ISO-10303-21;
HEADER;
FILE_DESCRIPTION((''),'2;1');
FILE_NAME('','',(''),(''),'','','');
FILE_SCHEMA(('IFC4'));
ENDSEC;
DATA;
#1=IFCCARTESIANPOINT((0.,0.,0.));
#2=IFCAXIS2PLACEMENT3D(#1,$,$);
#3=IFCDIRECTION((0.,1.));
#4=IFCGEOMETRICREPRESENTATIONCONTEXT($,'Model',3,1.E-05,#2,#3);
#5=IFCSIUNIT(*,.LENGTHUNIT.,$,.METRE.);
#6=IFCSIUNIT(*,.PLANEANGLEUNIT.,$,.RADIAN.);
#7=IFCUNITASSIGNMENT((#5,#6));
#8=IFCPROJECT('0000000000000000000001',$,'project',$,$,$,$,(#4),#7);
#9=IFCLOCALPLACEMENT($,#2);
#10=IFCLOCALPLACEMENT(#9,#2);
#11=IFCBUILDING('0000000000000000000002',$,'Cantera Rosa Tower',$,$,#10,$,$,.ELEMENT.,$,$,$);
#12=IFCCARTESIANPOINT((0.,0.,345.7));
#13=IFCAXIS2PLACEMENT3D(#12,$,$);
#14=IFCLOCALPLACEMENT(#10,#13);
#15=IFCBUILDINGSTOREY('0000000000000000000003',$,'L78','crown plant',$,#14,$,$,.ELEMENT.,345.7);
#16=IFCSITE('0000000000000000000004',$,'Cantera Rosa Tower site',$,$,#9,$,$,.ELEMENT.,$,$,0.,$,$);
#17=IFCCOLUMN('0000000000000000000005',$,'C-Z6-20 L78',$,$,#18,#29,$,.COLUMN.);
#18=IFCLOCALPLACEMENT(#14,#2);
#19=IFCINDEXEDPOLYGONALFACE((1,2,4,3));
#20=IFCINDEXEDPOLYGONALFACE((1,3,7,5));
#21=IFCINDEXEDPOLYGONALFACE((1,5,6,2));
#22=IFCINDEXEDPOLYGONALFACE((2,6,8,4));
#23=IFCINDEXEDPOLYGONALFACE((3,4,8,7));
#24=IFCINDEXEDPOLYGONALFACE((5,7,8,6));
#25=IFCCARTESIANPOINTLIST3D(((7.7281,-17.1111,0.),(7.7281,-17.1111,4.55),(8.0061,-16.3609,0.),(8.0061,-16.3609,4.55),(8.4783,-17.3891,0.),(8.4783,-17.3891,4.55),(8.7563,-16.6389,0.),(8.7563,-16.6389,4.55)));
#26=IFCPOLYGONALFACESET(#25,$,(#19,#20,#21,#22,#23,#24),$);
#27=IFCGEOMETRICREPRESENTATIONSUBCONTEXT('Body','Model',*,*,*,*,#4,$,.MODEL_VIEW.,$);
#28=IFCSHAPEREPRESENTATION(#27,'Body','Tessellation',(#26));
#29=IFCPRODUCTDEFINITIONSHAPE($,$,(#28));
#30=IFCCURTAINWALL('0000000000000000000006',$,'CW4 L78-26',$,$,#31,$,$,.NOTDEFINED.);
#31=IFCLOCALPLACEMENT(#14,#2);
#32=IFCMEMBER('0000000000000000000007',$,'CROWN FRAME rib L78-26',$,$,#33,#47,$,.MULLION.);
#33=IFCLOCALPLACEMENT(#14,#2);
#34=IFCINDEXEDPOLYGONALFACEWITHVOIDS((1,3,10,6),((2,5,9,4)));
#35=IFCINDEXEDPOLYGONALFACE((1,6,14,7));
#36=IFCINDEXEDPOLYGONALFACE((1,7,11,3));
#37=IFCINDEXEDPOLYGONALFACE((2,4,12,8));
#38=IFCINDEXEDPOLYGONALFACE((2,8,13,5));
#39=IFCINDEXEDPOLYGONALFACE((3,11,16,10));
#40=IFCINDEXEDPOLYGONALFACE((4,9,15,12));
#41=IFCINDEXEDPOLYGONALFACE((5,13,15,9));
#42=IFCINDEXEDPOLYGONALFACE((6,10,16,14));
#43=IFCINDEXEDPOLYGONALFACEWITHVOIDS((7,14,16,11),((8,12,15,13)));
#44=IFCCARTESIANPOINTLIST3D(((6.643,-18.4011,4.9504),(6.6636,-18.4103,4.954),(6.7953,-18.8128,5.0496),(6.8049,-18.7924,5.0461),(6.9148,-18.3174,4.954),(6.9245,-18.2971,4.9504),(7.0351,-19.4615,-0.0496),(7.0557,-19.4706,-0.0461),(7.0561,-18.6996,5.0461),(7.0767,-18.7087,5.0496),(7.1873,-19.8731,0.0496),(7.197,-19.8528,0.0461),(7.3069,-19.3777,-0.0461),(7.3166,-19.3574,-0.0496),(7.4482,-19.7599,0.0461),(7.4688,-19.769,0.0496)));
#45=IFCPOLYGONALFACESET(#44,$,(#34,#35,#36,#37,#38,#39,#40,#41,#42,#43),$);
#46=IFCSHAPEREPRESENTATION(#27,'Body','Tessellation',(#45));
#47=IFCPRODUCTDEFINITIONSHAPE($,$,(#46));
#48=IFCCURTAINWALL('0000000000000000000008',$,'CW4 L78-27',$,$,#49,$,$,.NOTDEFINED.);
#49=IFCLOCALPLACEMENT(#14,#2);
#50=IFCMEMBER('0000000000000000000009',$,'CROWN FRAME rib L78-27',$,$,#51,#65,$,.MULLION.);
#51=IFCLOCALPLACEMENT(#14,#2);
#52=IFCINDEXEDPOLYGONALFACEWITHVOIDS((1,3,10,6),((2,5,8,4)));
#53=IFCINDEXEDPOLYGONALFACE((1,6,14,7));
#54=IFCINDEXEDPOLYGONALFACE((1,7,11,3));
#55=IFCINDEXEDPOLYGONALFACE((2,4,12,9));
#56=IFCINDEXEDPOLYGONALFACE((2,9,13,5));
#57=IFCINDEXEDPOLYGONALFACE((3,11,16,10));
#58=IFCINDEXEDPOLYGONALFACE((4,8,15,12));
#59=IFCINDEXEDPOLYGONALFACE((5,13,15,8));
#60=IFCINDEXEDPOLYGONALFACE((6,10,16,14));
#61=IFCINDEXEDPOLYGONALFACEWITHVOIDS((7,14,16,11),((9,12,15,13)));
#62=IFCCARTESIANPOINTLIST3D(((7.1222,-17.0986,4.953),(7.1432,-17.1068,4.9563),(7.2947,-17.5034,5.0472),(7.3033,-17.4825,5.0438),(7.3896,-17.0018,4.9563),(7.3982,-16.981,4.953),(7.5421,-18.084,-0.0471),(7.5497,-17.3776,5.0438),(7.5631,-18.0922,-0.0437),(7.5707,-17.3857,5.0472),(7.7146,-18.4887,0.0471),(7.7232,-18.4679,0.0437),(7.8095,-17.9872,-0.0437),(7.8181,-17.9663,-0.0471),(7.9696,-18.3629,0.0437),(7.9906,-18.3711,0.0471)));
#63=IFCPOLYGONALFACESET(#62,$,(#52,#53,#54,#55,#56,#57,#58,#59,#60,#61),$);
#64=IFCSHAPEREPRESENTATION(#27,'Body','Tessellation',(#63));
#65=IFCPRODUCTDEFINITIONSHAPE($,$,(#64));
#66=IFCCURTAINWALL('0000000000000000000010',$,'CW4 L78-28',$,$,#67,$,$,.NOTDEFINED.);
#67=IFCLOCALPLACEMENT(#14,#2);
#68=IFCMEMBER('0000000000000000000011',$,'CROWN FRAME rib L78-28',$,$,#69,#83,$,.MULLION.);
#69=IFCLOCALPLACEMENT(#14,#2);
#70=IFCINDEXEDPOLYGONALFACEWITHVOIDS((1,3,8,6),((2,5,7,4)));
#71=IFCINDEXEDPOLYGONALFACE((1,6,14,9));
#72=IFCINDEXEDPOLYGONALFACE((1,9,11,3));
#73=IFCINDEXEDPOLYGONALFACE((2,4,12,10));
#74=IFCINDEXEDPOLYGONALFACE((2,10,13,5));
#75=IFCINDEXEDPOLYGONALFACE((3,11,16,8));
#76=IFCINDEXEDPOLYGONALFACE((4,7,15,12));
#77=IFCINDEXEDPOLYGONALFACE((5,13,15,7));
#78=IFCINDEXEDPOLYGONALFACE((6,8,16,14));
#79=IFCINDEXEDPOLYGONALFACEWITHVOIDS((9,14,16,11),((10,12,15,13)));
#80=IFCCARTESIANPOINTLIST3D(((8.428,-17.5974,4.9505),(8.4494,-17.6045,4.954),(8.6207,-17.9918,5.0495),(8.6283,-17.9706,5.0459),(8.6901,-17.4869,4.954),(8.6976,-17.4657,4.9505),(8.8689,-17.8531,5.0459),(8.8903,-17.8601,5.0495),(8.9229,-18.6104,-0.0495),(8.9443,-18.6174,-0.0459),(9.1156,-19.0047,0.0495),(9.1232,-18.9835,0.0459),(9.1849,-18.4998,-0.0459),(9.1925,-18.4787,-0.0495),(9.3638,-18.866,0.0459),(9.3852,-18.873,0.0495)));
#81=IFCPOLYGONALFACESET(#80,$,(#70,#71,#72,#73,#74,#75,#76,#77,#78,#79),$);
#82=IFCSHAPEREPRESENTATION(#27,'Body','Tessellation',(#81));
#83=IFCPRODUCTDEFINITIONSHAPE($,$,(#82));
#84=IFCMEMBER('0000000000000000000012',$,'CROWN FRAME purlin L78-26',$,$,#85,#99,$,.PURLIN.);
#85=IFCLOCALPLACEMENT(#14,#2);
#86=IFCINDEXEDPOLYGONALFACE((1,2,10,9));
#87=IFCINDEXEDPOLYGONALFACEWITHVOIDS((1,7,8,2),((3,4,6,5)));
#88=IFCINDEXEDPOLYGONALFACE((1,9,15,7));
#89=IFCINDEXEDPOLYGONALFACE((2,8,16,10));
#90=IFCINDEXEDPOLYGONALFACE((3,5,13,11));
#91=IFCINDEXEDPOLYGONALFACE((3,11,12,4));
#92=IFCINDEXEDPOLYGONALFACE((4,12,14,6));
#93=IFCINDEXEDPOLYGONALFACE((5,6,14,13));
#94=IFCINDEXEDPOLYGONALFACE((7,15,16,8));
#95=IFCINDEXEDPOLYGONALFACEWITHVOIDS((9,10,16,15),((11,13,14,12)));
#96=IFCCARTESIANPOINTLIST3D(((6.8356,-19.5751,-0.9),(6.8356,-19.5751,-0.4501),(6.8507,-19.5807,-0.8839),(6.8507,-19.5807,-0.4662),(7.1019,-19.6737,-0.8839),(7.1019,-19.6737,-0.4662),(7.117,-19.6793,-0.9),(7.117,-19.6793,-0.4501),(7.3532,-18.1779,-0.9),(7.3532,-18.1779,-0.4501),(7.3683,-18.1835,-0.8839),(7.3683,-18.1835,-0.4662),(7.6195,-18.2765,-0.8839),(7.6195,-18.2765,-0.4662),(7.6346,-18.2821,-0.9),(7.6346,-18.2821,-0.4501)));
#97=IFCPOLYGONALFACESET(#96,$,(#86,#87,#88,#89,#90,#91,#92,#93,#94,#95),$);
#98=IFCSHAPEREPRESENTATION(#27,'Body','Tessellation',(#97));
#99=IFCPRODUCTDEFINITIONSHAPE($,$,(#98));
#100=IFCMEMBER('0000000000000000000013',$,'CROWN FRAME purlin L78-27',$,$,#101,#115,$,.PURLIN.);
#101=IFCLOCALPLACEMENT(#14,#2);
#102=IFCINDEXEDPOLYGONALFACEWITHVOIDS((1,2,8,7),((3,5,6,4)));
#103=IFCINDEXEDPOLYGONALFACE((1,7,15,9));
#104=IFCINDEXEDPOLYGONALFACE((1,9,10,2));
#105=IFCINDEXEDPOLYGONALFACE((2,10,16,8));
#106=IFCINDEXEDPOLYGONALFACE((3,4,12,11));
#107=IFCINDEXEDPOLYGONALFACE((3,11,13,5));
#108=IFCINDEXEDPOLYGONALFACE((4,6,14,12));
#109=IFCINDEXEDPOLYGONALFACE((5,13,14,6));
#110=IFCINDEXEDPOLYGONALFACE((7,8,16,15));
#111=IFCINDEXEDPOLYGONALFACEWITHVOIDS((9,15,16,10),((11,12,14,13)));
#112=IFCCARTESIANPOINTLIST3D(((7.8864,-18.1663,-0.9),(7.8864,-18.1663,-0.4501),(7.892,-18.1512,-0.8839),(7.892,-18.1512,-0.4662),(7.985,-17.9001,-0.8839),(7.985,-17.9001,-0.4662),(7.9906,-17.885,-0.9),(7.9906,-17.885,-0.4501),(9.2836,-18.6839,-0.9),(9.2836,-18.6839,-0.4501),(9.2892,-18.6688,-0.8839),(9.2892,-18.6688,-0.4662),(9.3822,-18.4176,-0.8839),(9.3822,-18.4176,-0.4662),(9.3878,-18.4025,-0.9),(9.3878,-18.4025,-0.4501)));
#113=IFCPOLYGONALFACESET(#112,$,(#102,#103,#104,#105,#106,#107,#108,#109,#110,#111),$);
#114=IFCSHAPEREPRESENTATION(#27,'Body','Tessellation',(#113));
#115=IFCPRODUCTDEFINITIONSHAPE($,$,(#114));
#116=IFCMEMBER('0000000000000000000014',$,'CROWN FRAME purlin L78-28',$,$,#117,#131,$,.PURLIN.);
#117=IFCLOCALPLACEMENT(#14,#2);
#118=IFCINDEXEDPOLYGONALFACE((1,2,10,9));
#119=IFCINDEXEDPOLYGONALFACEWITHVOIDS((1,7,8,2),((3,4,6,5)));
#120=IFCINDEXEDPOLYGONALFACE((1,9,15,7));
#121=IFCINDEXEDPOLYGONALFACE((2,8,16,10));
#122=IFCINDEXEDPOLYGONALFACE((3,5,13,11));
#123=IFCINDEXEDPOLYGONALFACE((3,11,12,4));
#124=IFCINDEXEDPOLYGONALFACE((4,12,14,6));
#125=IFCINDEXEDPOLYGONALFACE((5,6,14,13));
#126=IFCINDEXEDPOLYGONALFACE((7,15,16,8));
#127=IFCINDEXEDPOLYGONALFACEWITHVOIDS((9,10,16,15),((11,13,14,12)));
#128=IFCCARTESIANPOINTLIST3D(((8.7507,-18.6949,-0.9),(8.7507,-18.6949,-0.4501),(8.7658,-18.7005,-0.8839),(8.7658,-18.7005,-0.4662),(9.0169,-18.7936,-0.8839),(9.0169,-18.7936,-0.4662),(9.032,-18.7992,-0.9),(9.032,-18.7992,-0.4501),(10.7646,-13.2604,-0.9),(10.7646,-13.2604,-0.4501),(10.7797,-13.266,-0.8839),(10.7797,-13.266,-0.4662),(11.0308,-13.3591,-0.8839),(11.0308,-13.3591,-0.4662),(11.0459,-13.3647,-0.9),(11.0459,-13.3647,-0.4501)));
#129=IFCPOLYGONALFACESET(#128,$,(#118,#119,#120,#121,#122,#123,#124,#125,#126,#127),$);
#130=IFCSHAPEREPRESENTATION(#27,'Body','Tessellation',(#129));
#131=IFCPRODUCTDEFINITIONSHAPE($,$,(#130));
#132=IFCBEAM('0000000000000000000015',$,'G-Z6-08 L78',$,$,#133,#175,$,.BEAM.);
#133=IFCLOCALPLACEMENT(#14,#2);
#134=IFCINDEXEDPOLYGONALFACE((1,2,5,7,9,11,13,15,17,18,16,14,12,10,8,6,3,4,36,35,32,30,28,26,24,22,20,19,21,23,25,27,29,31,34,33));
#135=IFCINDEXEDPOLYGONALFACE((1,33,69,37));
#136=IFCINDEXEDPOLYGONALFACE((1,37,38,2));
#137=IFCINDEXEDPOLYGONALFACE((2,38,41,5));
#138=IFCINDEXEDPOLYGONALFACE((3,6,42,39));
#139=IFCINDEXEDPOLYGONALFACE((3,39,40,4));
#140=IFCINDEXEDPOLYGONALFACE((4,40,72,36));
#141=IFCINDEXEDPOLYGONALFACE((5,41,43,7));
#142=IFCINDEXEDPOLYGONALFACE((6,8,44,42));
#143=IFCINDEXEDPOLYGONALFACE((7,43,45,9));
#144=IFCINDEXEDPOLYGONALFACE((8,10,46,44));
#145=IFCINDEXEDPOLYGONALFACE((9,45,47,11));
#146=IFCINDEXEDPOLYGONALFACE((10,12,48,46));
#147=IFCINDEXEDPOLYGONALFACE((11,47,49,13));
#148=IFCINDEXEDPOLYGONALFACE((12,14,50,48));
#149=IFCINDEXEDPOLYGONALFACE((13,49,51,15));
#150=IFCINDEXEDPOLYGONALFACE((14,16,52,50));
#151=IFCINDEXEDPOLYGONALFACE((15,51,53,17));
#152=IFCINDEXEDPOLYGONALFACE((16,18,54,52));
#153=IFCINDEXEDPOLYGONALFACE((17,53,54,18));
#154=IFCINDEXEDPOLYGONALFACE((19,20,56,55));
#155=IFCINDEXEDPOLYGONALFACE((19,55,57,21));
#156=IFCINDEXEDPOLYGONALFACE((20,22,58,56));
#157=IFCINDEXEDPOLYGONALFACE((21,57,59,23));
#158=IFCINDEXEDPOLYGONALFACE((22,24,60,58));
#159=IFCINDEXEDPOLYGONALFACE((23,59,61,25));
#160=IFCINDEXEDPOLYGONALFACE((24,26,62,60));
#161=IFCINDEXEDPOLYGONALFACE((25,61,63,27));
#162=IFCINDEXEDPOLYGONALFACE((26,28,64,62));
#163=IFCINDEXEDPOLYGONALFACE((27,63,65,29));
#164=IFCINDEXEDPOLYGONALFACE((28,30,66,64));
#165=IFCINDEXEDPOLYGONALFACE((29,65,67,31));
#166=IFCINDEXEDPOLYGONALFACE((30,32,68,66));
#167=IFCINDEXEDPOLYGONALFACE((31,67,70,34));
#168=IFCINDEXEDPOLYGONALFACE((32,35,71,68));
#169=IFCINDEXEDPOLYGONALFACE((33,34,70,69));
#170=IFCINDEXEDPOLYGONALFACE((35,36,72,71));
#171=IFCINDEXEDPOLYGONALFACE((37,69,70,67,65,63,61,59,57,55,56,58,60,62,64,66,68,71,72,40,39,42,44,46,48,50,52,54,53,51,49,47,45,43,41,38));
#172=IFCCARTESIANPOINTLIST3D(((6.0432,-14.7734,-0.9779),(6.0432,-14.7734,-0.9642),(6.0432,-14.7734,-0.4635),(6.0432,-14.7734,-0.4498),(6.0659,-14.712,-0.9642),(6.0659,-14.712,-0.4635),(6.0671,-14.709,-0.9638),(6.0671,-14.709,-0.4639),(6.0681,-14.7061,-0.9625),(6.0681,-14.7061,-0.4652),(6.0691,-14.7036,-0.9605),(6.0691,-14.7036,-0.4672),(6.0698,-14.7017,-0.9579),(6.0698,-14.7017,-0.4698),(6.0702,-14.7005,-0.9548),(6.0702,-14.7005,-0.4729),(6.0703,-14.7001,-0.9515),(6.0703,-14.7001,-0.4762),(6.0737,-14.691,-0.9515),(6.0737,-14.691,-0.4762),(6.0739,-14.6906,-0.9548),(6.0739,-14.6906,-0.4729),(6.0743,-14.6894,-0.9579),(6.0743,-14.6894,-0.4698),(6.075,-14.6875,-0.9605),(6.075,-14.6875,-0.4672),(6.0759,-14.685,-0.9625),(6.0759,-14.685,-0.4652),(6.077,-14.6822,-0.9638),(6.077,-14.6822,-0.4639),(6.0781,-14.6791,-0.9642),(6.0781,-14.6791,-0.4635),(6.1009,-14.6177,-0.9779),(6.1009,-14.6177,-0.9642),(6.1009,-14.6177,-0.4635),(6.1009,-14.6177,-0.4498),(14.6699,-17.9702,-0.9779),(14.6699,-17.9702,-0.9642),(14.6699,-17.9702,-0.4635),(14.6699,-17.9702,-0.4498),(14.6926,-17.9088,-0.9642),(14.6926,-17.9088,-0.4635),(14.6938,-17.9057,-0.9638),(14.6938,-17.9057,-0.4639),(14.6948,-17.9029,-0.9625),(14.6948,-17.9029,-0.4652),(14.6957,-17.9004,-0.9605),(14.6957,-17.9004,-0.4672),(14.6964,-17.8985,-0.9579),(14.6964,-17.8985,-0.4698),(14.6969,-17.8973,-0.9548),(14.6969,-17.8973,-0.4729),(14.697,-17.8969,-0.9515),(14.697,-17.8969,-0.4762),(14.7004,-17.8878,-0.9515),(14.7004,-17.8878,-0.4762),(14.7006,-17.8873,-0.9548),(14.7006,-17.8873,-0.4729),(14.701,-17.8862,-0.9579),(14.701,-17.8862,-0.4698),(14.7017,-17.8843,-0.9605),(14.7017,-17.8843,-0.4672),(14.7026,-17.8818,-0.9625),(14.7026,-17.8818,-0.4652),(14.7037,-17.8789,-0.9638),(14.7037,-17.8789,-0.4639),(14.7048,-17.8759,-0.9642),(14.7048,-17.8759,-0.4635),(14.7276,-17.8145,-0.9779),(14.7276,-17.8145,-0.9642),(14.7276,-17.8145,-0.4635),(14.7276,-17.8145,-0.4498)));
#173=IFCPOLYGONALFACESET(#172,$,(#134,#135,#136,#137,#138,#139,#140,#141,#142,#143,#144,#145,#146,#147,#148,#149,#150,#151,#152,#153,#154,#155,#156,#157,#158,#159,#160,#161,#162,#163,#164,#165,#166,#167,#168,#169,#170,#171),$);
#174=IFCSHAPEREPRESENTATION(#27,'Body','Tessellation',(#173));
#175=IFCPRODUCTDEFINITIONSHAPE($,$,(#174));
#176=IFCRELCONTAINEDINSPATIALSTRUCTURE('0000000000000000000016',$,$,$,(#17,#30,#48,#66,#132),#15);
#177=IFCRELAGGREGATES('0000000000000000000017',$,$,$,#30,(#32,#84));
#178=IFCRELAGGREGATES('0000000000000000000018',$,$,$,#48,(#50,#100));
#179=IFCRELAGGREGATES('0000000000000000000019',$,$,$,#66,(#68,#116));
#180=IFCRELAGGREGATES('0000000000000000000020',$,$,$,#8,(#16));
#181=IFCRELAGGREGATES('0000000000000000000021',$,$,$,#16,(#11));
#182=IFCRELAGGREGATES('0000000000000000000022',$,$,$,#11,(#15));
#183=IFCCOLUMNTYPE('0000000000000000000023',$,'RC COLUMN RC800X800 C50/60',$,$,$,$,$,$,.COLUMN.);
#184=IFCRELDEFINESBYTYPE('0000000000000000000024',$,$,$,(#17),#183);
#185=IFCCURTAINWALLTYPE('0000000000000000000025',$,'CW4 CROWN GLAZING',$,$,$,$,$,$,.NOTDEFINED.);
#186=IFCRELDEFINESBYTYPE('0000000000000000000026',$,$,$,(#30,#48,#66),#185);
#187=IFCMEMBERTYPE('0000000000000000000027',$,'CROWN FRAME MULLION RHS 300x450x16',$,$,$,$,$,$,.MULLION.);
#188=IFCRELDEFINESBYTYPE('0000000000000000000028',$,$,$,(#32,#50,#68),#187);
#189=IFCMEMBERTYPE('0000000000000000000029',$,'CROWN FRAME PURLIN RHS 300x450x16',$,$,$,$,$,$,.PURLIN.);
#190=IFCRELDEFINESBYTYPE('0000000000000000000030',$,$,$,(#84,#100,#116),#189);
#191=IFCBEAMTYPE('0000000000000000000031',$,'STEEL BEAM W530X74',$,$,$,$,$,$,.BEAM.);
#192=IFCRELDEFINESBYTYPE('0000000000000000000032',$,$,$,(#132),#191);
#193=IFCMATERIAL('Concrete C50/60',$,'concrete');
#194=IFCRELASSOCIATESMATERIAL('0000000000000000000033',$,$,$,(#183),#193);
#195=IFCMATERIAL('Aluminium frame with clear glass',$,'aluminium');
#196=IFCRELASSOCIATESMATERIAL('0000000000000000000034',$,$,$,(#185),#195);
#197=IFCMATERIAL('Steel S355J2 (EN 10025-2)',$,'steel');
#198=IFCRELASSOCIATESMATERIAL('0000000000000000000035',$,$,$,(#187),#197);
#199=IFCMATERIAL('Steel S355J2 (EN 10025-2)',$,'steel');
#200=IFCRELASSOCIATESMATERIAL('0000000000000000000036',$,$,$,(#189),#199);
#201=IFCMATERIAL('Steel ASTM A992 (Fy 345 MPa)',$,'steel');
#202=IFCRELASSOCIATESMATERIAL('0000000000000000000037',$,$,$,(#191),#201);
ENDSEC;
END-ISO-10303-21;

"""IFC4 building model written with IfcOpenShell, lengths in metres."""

from ifc_helpers import new_model, si_unit, direction, frame, origin, origin_2d, place, context, subcontext, project, spatial, rectangle, hollow_rectangle, i_section, extrude, material, material_profile, profile_set, type_object, element, aggregate, save


model = new_model("IFC4")

# Units and contexts
model_context = context("Model", 3, precision=1e-05, world=origin(), true_north=direction((0.0, 1.0)))
body_context = subcontext(model_context, "Body", "Model", "MODEL_VIEW")
ifc_project = project(units=[si_unit("LENGTHUNIT", "METRE"), si_unit("PLANEANGLEUNIT", "RADIAN")], contexts=[model_context])

# Site, building, storey
site_placement = place(None, origin())
site = spatial("IfcSite", under=ifc_project, at=site_placement, Name="Cantera Rosa Tower site", CompositionType="ELEMENT", RefElevation=0.0)
building_placement = place(site_placement, origin())
building = spatial("IfcBuilding", under=site, at=building_placement, Name="Cantera Rosa Tower", CompositionType="ELEMENT")
storey_placement = place(building_placement, frame((0.0, 0.0, 345.7)))
storey = spatial("IfcBuildingStorey", under=building, at=storey_placement, Name="L78", Description="crown plant", CompositionType="ELEMENT", Elevation=345.7)

# Column
ifc_material_1 = material(Name="Concrete C50/60", Category="concrete")
ifc_material_profile_1 = material_profile(ifc_material_1, rectangle(XDim=0.8, YDim=0.8, at=origin_2d()), Name="RC COLUMN RC800X800 C50/60")
ifc_profile_set_1 = profile_set([ifc_material_profile_1], Name="Concrete C50/60")
column_type = type_object("IfcColumnType", Name="RC COLUMN RC800X800 C50/60", PredefinedType="COLUMN", material=ifc_profile_set_1)
column_placement = place(storey_placement, frame((8.2422, -16.875, 0.0), z_axis=(0.0, 0.0, 1.0), x_axis=(0.347481, 0.937687, 0.0)))
element("IfcColumn", 1, at=column_placement, inside=storey, type_object=column_type, Name="C-Z6-20 L78", PredefinedType="COLUMN", context=body_context, shape_type="SweptSolid", body=[
    extrude(rectangle(XDim=0.8, YDim=0.8, at=origin_2d()), origin(), (0.0, 0.0, 1.0), 4.55),
])

# Curtain walls, members
ifc_material_2 = material(Name="Aluminium frame with clear glass", Category="aluminium")
curtain_wall_type = type_object("IfcCurtainWallType", Name="CW4 CROWN GLAZING", PredefinedType="NOTDEFINED", material=ifc_material_2)
curtain_wall_1_placement = place(storey_placement, origin())
curtain_wall_1 = element("IfcCurtainWall", 2, at=curtain_wall_1_placement, inside=storey, type_object=curtain_wall_type, Name="CW4 L78-26", PredefinedType="NOTDEFINED")
ifc_material_3 = material(Name="Steel S355J2 (EN 10025-2)", Category="steel")
ifc_material_profile_2 = material_profile(ifc_material_3, hollow_rectangle(XDim=0.3, YDim=0.45, WallThickness=0.0161, at=origin_2d()), Name="CROWN FRAME MULLION RHS 300x450x16")
ifc_profile_set_2 = profile_set([ifc_material_profile_2], Name="Steel S355J2 (EN 10025-2)")
member_type_1 = type_object("IfcMemberType", Name="CROWN FRAME MULLION RHS 300x450x16", PredefinedType="MULLION", material=ifc_profile_set_2)
member_1_placement = place(storey_placement, frame((7.252, -19.6152, 0.0), z_axis=(-0.076487, 0.20684, 0.97538), x_axis=(-0.937926, -0.346836, 0.0)))
member_1 = element("IfcMember", 3, at=member_1_placement, type_object=member_type_1, Name="CROWN FRAME rib L78-26", PredefinedType="MULLION", context=body_context, shape_type="SweptSolid", body=[
    extrude(hollow_rectangle(XDim=0.3, YDim=0.45, WallThickness=0.0161, at=origin_2d()), origin(), (0.0, 0.0, 1.0), 5.1262),
])
curtain_wall_2_placement = place(storey_placement, origin())
curtain_wall_2 = element("IfcCurtainWall", 4, at=curtain_wall_2_placement, inside=storey, type_object=curtain_wall_type, Name="CW4 L78-27", PredefinedType="NOTDEFINED")
member_2_placement = place(storey_placement, frame((7.7664, -18.2275, 0.0), z_axis=(-0.082121, 0.192698, 0.977816), x_axis=(-0.919945, -0.392048, 0.0)))
member_2 = element("IfcMember", 5, at=member_2_placement, type_object=member_type_1, Name="CROWN FRAME rib L78-27", PredefinedType="MULLION", context=body_context, shape_type="SweptSolid", body=[
    extrude(hollow_rectangle(XDim=0.3, YDim=0.45, WallThickness=0.0161, at=origin_2d()), origin(), (0.0, 0.0, 1.0), 5.1135),
])
curtain_wall_3_placement = place(storey_placement, origin())
curtain_wall_3 = element("IfcCurtainWall", 6, at=curtain_wall_3_placement, inside=storey, type_object=curtain_wall_type, Name="CW4 L78-28", PredefinedType="NOTDEFINED")
member_3_placement = place(storey_placement, frame((9.1541, -18.7417, 0.0), z_axis=(-0.096551, 0.197627, 0.975511), x_axis=(-0.898504, -0.438965, 0.0)))
member_3 = element("IfcMember", 7, at=member_3_placement, type_object=member_type_1, Name="CROWN FRAME rib L78-28", PredefinedType="MULLION", context=body_context, shape_type="SweptSolid", body=[
    extrude(hollow_rectangle(XDim=0.3, YDim=0.45, WallThickness=0.0161, at=origin_2d()), origin(), (0.0, 0.0, 1.0), 5.1255),
])

# Members
ifc_material_4 = material(Name="Steel S355J2 (EN 10025-2)", Category="steel")
ifc_material_profile_3 = material_profile(ifc_material_4, hollow_rectangle(XDim=0.3, YDim=0.45, WallThickness=0.0161, at=origin_2d()), Name="CROWN FRAME PURLIN RHS 300x450x16")
ifc_profile_set_3 = profile_set([ifc_material_profile_3], Name="Steel S355J2 (EN 10025-2)")
member_type_2 = type_object("IfcMemberType", Name="CROWN FRAME PURLIN RHS 300x450x16", PredefinedType="PURLIN", material=ifc_profile_set_3)
member_4_placement = place(storey_placement, frame((6.9763, -19.6272, -0.675), z_axis=(0.347368, 0.937729, 0.0), x_axis=(-0.937729, 0.347368, 0.0)))
member_4 = element("IfcMember", 8, at=member_4_placement, type_object=member_type_2, Name="CROWN FRAME purlin L78-26", PredefinedType="PURLIN", context=body_context, shape_type="SweptSolid", body=[
    extrude(hollow_rectangle(XDim=0.3, YDim=0.45, WallThickness=0.0161, at=origin_2d()), origin(), (0.0, 0.0, 1.0), 1.49),
])
member_5_placement = place(storey_placement, frame((7.9385, -18.0256, -0.675), z_axis=(0.937729, -0.347368, 0.0), x_axis=(0.347368, 0.937729, 0.0)))
member_5 = element("IfcMember", 9, at=member_5_placement, type_object=member_type_2, Name="CROWN FRAME purlin L78-27", PredefinedType="PURLIN", context=body_context, shape_type="SweptSolid", body=[
    extrude(hollow_rectangle(XDim=0.3, YDim=0.45, WallThickness=0.0161, at=origin_2d()), origin(), (0.0, 0.0, 1.0), 1.49),
])
member_6_placement = place(storey_placement, frame((8.8914, -18.7471, -0.675), z_axis=(0.347483, 0.937686, 0.0), x_axis=(-0.937686, 0.347483, 0.0)))
member_6 = element("IfcMember", 10, at=member_6_placement, type_object=member_type_2, Name="CROWN FRAME purlin L78-28", PredefinedType="PURLIN", context=body_context, shape_type="SweptSolid", body=[
    extrude(hollow_rectangle(XDim=0.3, YDim=0.45, WallThickness=0.0161, at=origin_2d()), origin(), (0.0, 0.0, 1.0), 5.7957),
])

# Beam
ifc_material_5 = material(Name="Steel ASTM A992 (Fy 345 MPa)", Category="steel")
ifc_material_profile_4 = material_profile(ifc_material_5, i_section(OverallWidth=0.166, OverallDepth=0.5281, WebThickness=0.0098, FlangeThickness=0.0137, FilletRadius=0.0127, at=origin_2d()), Name="W530X74")
ifc_profile_set_4 = profile_set([ifc_material_profile_4], Name="Steel ASTM A992 (Fy 345 MPa)")
beam_type_1 = type_object("IfcBeamType", Name="STEEL BEAM W530X74", PredefinedType="BEAM", material=ifc_profile_set_4)
beam_1_placement = place(storey_placement, frame((14.6987, -17.8923, -0.7139), z_axis=(-0.937689, 0.347477, 0.0), x_axis=(-0.347477, -0.937689, 0.0)))
element("IfcBeam", 11, at=beam_1_placement, inside=storey, type_object=beam_type_1, Name="G-Z6-08 L78", PredefinedType="BEAM", context=body_context, shape_type="SweptSolid", body=[
    extrude(i_section(OverallWidth=0.166, OverallDepth=0.5281, WebThickness=0.0098, FlangeThickness=0.0137, FilletRadius=0.0127, at=origin_2d()), origin(), (0.0, 0.0, 1.0), 9.2),
])

aggregate(curtain_wall_1, [member_1, member_4])
aggregate(curtain_wall_2, [member_2, member_5])
aggregate(curtain_wall_3, [member_3, member_6])

save(model, "model.ifc")
